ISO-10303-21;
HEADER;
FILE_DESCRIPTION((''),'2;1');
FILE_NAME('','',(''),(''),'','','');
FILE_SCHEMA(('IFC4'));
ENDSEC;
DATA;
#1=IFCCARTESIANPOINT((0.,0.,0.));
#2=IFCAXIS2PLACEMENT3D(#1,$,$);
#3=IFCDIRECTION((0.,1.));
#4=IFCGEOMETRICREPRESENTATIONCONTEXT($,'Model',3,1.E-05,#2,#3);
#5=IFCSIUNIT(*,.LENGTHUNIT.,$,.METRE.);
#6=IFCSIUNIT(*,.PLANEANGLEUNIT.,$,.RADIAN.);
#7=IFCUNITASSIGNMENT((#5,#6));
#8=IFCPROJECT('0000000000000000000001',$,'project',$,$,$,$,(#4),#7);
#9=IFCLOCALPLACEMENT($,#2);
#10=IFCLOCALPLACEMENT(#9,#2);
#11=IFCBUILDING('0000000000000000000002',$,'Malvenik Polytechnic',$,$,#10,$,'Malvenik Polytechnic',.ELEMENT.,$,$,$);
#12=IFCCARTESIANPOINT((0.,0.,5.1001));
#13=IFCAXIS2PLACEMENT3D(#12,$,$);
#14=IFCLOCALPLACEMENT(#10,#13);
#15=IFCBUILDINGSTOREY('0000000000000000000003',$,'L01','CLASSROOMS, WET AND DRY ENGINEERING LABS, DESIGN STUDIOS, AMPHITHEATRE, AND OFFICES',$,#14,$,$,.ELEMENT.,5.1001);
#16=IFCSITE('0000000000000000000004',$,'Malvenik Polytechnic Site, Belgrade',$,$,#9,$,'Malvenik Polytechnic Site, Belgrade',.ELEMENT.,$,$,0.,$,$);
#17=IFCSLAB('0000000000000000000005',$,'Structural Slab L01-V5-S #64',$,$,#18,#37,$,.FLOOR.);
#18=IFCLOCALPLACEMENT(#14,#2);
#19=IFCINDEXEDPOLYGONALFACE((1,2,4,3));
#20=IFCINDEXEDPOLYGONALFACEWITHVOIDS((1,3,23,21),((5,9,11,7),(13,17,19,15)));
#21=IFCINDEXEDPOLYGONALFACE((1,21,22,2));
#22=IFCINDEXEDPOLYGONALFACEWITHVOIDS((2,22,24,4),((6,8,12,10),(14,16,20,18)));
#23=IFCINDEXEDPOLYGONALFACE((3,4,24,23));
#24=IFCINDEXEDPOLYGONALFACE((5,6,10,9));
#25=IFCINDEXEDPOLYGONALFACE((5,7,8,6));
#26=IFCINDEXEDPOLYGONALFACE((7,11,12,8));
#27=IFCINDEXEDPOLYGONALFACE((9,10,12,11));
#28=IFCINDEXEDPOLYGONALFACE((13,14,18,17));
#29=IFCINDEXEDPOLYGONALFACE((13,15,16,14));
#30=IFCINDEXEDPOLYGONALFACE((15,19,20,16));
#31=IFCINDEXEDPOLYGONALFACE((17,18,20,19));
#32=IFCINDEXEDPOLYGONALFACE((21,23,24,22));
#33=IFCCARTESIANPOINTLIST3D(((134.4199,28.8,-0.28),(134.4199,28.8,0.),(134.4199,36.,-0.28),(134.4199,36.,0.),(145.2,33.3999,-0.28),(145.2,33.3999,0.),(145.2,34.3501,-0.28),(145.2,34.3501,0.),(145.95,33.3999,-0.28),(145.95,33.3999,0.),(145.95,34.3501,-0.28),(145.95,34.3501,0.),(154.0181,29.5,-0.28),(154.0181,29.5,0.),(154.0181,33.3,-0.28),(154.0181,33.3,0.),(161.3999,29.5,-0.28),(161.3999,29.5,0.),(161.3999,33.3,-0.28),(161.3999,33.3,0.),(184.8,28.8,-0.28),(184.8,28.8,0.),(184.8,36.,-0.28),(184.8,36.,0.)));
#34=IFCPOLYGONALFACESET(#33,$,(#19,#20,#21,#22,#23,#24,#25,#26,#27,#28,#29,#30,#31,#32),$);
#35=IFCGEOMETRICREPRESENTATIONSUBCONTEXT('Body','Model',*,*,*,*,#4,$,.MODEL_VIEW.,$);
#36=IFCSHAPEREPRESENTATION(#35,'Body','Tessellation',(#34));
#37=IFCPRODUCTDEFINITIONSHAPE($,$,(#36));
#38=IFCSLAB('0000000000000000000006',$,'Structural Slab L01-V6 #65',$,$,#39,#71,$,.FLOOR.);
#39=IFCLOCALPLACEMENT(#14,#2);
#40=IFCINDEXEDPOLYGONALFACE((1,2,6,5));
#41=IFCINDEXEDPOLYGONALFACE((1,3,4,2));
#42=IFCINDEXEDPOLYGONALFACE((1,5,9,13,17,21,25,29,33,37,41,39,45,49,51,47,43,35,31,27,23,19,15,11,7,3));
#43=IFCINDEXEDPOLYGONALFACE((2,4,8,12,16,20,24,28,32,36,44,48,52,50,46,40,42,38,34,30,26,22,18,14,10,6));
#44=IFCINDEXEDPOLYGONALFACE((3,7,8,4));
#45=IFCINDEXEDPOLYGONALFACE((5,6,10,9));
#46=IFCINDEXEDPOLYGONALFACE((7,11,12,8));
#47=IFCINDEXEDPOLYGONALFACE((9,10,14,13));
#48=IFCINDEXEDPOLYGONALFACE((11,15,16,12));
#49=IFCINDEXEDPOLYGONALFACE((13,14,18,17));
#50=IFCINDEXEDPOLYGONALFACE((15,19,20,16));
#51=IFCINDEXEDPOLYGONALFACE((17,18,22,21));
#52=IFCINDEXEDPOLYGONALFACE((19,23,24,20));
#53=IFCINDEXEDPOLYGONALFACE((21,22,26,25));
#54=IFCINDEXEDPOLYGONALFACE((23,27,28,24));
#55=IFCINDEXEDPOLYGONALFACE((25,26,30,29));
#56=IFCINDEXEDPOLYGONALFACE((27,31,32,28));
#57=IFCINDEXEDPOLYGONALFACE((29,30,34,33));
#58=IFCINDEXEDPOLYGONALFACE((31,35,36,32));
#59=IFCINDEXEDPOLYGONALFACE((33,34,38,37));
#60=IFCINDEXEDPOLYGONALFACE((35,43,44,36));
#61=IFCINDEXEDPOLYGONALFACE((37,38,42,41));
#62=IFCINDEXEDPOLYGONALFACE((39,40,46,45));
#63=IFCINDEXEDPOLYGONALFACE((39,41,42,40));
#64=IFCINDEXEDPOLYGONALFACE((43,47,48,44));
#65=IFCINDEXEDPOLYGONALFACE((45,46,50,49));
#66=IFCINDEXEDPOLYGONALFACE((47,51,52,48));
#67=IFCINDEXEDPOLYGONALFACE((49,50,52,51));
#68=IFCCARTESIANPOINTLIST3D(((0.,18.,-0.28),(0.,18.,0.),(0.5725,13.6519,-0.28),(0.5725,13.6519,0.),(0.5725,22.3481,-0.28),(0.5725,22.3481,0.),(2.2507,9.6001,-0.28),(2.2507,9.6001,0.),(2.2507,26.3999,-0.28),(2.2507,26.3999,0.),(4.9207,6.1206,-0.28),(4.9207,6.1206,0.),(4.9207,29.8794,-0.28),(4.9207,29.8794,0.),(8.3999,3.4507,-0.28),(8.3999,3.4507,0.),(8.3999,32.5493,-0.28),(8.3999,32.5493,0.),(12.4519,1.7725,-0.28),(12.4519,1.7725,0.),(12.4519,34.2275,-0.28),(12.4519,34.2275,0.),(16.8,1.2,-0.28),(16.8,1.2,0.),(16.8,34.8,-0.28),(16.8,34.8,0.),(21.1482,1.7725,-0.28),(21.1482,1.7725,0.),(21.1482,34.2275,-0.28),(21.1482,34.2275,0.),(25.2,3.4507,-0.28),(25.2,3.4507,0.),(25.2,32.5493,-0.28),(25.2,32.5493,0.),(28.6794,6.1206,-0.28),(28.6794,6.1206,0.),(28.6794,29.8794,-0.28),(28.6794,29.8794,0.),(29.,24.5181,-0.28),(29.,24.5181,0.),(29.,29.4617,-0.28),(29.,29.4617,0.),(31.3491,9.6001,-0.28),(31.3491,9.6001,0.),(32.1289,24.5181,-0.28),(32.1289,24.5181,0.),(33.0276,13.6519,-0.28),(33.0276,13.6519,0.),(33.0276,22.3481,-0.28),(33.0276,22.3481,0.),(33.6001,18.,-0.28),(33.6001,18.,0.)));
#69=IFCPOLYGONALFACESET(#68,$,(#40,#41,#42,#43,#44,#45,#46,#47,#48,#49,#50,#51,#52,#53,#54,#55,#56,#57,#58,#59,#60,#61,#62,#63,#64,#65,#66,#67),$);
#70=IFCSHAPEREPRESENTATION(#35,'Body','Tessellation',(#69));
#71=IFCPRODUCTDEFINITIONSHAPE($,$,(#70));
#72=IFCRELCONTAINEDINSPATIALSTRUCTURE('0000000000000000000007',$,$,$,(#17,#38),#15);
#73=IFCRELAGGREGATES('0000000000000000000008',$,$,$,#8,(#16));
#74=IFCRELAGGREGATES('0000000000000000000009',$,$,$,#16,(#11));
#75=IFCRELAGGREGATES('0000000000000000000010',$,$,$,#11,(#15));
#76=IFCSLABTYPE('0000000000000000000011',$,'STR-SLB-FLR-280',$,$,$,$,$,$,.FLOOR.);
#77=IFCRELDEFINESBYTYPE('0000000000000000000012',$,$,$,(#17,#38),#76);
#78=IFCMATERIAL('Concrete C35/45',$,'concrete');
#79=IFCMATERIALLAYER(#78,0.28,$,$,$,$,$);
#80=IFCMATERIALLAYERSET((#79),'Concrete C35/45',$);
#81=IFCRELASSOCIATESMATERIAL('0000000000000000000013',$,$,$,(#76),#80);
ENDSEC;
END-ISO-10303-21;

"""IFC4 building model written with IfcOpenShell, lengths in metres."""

from ifc_helpers import new_model, si_unit, direction, frame, origin, place, context, subcontext, project, spatial, polyline, outline, extrude, material, layer, layer_set, type_object, element, save


model = new_model("IFC4")

# Units and contexts
model_context = context("Model", 3, precision=1e-05, world=origin(), true_north=direction((0.0, 1.0)))
body_context = subcontext(model_context, "Body", "Model", "MODEL_VIEW")
ifc_project = project(units=[si_unit("LENGTHUNIT", "METRE"), si_unit("PLANEANGLEUNIT", "RADIAN")], contexts=[model_context])

# Site, building, storey
site_placement = place(None, origin())
site = spatial("IfcSite", under=ifc_project, at=site_placement, Name="Malvenik Polytechnic Site, Belgrade", LongName="Malvenik Polytechnic Site, Belgrade", CompositionType="ELEMENT", RefElevation=0.0)
building_placement = place(site_placement, origin())
building = spatial("IfcBuilding", under=site, at=building_placement, Name="Malvenik Polytechnic", LongName="Malvenik Polytechnic", CompositionType="ELEMENT")
storey_placement = place(building_placement, frame((0.0, 0.0, 5.1001)))
storey = spatial("IfcBuildingStorey", under=building, at=storey_placement, Name="L01", Description="CLASSROOMS, WET AND DRY ENGINEERING LABS, DESIGN STUDIOS, AMPHITHEATRE, AND OFFICES", CompositionType="ELEMENT", Elevation=5.1001)

# Slabs
ifc_material = material(Name="Concrete C35/45", Category="concrete")
ifc_layer = layer(ifc_material, 0.28)
ifc_layer_set = layer_set([ifc_layer], Name="Concrete C35/45")
slab_type = type_object("IfcSlabType", Name="STR-SLB-FLR-280", PredefinedType="FLOOR", material=ifc_layer_set)
slab_1_placement = place(storey_placement, frame((0.0, 0.0, -0.28)))
element("IfcSlab", 1, at=slab_1_placement, inside=storey, type_object=slab_type, Name="Structural Slab L01-V5-S #64", PredefinedType="FLOOR", context=body_context, shape_type="SweptSolid", body=[
    extrude(outline(polyline([(134.4199, 28.8), (134.4199, 36.0), (184.8, 36.0), (184.8, 28.8), (134.4199, 28.8)]), holes=[polyline([(161.3999, 29.5), (161.3999, 33.3), (154.0181, 33.3), (154.0181, 29.5), (161.3999, 29.5)]), polyline([(145.95, 34.3501), (145.2, 34.3501), (145.2, 33.3999), (145.95, 33.3999), (145.95, 34.3501)])]), origin(), (0.0, 0.0, 1.0), 0.28),
])
slab_2_placement = place(storey_placement, frame((0.0, 0.0, -0.28)))
element("IfcSlab", 2, at=slab_2_placement, inside=storey, type_object=slab_type, Name="Structural Slab L01-V6 #65", PredefinedType="FLOOR", context=body_context, shape_type="SweptSolid", body=[
    extrude(outline(polyline([(28.6794, 6.1206), (25.2, 3.4507), (21.1482, 1.7725), (16.8, 1.2), (12.4519, 1.7725), (8.3999, 3.4507), (4.9207, 6.1206), (2.2507, 9.6001), (0.5725, 13.6519), (0.0, 18.0), (0.5725, 22.3481), (2.2507, 26.3999), (4.9207, 29.8794), (8.3999, 32.5493), (12.4519, 34.2275), (16.8, 34.8), (21.1482, 34.2275), (25.2, 32.5493), (28.6794, 29.8794), (29.0, 29.4617), (29.0, 24.5181), (32.1289, 24.5181), (33.0276, 22.3481), (33.6001, 18.0), (33.0276, 13.6519), (31.3491, 9.6001), (28.6794, 6.1206)])), origin(), (0.0, 0.0, 1.0), 0.28),
])

save(model, "model.ifc")
